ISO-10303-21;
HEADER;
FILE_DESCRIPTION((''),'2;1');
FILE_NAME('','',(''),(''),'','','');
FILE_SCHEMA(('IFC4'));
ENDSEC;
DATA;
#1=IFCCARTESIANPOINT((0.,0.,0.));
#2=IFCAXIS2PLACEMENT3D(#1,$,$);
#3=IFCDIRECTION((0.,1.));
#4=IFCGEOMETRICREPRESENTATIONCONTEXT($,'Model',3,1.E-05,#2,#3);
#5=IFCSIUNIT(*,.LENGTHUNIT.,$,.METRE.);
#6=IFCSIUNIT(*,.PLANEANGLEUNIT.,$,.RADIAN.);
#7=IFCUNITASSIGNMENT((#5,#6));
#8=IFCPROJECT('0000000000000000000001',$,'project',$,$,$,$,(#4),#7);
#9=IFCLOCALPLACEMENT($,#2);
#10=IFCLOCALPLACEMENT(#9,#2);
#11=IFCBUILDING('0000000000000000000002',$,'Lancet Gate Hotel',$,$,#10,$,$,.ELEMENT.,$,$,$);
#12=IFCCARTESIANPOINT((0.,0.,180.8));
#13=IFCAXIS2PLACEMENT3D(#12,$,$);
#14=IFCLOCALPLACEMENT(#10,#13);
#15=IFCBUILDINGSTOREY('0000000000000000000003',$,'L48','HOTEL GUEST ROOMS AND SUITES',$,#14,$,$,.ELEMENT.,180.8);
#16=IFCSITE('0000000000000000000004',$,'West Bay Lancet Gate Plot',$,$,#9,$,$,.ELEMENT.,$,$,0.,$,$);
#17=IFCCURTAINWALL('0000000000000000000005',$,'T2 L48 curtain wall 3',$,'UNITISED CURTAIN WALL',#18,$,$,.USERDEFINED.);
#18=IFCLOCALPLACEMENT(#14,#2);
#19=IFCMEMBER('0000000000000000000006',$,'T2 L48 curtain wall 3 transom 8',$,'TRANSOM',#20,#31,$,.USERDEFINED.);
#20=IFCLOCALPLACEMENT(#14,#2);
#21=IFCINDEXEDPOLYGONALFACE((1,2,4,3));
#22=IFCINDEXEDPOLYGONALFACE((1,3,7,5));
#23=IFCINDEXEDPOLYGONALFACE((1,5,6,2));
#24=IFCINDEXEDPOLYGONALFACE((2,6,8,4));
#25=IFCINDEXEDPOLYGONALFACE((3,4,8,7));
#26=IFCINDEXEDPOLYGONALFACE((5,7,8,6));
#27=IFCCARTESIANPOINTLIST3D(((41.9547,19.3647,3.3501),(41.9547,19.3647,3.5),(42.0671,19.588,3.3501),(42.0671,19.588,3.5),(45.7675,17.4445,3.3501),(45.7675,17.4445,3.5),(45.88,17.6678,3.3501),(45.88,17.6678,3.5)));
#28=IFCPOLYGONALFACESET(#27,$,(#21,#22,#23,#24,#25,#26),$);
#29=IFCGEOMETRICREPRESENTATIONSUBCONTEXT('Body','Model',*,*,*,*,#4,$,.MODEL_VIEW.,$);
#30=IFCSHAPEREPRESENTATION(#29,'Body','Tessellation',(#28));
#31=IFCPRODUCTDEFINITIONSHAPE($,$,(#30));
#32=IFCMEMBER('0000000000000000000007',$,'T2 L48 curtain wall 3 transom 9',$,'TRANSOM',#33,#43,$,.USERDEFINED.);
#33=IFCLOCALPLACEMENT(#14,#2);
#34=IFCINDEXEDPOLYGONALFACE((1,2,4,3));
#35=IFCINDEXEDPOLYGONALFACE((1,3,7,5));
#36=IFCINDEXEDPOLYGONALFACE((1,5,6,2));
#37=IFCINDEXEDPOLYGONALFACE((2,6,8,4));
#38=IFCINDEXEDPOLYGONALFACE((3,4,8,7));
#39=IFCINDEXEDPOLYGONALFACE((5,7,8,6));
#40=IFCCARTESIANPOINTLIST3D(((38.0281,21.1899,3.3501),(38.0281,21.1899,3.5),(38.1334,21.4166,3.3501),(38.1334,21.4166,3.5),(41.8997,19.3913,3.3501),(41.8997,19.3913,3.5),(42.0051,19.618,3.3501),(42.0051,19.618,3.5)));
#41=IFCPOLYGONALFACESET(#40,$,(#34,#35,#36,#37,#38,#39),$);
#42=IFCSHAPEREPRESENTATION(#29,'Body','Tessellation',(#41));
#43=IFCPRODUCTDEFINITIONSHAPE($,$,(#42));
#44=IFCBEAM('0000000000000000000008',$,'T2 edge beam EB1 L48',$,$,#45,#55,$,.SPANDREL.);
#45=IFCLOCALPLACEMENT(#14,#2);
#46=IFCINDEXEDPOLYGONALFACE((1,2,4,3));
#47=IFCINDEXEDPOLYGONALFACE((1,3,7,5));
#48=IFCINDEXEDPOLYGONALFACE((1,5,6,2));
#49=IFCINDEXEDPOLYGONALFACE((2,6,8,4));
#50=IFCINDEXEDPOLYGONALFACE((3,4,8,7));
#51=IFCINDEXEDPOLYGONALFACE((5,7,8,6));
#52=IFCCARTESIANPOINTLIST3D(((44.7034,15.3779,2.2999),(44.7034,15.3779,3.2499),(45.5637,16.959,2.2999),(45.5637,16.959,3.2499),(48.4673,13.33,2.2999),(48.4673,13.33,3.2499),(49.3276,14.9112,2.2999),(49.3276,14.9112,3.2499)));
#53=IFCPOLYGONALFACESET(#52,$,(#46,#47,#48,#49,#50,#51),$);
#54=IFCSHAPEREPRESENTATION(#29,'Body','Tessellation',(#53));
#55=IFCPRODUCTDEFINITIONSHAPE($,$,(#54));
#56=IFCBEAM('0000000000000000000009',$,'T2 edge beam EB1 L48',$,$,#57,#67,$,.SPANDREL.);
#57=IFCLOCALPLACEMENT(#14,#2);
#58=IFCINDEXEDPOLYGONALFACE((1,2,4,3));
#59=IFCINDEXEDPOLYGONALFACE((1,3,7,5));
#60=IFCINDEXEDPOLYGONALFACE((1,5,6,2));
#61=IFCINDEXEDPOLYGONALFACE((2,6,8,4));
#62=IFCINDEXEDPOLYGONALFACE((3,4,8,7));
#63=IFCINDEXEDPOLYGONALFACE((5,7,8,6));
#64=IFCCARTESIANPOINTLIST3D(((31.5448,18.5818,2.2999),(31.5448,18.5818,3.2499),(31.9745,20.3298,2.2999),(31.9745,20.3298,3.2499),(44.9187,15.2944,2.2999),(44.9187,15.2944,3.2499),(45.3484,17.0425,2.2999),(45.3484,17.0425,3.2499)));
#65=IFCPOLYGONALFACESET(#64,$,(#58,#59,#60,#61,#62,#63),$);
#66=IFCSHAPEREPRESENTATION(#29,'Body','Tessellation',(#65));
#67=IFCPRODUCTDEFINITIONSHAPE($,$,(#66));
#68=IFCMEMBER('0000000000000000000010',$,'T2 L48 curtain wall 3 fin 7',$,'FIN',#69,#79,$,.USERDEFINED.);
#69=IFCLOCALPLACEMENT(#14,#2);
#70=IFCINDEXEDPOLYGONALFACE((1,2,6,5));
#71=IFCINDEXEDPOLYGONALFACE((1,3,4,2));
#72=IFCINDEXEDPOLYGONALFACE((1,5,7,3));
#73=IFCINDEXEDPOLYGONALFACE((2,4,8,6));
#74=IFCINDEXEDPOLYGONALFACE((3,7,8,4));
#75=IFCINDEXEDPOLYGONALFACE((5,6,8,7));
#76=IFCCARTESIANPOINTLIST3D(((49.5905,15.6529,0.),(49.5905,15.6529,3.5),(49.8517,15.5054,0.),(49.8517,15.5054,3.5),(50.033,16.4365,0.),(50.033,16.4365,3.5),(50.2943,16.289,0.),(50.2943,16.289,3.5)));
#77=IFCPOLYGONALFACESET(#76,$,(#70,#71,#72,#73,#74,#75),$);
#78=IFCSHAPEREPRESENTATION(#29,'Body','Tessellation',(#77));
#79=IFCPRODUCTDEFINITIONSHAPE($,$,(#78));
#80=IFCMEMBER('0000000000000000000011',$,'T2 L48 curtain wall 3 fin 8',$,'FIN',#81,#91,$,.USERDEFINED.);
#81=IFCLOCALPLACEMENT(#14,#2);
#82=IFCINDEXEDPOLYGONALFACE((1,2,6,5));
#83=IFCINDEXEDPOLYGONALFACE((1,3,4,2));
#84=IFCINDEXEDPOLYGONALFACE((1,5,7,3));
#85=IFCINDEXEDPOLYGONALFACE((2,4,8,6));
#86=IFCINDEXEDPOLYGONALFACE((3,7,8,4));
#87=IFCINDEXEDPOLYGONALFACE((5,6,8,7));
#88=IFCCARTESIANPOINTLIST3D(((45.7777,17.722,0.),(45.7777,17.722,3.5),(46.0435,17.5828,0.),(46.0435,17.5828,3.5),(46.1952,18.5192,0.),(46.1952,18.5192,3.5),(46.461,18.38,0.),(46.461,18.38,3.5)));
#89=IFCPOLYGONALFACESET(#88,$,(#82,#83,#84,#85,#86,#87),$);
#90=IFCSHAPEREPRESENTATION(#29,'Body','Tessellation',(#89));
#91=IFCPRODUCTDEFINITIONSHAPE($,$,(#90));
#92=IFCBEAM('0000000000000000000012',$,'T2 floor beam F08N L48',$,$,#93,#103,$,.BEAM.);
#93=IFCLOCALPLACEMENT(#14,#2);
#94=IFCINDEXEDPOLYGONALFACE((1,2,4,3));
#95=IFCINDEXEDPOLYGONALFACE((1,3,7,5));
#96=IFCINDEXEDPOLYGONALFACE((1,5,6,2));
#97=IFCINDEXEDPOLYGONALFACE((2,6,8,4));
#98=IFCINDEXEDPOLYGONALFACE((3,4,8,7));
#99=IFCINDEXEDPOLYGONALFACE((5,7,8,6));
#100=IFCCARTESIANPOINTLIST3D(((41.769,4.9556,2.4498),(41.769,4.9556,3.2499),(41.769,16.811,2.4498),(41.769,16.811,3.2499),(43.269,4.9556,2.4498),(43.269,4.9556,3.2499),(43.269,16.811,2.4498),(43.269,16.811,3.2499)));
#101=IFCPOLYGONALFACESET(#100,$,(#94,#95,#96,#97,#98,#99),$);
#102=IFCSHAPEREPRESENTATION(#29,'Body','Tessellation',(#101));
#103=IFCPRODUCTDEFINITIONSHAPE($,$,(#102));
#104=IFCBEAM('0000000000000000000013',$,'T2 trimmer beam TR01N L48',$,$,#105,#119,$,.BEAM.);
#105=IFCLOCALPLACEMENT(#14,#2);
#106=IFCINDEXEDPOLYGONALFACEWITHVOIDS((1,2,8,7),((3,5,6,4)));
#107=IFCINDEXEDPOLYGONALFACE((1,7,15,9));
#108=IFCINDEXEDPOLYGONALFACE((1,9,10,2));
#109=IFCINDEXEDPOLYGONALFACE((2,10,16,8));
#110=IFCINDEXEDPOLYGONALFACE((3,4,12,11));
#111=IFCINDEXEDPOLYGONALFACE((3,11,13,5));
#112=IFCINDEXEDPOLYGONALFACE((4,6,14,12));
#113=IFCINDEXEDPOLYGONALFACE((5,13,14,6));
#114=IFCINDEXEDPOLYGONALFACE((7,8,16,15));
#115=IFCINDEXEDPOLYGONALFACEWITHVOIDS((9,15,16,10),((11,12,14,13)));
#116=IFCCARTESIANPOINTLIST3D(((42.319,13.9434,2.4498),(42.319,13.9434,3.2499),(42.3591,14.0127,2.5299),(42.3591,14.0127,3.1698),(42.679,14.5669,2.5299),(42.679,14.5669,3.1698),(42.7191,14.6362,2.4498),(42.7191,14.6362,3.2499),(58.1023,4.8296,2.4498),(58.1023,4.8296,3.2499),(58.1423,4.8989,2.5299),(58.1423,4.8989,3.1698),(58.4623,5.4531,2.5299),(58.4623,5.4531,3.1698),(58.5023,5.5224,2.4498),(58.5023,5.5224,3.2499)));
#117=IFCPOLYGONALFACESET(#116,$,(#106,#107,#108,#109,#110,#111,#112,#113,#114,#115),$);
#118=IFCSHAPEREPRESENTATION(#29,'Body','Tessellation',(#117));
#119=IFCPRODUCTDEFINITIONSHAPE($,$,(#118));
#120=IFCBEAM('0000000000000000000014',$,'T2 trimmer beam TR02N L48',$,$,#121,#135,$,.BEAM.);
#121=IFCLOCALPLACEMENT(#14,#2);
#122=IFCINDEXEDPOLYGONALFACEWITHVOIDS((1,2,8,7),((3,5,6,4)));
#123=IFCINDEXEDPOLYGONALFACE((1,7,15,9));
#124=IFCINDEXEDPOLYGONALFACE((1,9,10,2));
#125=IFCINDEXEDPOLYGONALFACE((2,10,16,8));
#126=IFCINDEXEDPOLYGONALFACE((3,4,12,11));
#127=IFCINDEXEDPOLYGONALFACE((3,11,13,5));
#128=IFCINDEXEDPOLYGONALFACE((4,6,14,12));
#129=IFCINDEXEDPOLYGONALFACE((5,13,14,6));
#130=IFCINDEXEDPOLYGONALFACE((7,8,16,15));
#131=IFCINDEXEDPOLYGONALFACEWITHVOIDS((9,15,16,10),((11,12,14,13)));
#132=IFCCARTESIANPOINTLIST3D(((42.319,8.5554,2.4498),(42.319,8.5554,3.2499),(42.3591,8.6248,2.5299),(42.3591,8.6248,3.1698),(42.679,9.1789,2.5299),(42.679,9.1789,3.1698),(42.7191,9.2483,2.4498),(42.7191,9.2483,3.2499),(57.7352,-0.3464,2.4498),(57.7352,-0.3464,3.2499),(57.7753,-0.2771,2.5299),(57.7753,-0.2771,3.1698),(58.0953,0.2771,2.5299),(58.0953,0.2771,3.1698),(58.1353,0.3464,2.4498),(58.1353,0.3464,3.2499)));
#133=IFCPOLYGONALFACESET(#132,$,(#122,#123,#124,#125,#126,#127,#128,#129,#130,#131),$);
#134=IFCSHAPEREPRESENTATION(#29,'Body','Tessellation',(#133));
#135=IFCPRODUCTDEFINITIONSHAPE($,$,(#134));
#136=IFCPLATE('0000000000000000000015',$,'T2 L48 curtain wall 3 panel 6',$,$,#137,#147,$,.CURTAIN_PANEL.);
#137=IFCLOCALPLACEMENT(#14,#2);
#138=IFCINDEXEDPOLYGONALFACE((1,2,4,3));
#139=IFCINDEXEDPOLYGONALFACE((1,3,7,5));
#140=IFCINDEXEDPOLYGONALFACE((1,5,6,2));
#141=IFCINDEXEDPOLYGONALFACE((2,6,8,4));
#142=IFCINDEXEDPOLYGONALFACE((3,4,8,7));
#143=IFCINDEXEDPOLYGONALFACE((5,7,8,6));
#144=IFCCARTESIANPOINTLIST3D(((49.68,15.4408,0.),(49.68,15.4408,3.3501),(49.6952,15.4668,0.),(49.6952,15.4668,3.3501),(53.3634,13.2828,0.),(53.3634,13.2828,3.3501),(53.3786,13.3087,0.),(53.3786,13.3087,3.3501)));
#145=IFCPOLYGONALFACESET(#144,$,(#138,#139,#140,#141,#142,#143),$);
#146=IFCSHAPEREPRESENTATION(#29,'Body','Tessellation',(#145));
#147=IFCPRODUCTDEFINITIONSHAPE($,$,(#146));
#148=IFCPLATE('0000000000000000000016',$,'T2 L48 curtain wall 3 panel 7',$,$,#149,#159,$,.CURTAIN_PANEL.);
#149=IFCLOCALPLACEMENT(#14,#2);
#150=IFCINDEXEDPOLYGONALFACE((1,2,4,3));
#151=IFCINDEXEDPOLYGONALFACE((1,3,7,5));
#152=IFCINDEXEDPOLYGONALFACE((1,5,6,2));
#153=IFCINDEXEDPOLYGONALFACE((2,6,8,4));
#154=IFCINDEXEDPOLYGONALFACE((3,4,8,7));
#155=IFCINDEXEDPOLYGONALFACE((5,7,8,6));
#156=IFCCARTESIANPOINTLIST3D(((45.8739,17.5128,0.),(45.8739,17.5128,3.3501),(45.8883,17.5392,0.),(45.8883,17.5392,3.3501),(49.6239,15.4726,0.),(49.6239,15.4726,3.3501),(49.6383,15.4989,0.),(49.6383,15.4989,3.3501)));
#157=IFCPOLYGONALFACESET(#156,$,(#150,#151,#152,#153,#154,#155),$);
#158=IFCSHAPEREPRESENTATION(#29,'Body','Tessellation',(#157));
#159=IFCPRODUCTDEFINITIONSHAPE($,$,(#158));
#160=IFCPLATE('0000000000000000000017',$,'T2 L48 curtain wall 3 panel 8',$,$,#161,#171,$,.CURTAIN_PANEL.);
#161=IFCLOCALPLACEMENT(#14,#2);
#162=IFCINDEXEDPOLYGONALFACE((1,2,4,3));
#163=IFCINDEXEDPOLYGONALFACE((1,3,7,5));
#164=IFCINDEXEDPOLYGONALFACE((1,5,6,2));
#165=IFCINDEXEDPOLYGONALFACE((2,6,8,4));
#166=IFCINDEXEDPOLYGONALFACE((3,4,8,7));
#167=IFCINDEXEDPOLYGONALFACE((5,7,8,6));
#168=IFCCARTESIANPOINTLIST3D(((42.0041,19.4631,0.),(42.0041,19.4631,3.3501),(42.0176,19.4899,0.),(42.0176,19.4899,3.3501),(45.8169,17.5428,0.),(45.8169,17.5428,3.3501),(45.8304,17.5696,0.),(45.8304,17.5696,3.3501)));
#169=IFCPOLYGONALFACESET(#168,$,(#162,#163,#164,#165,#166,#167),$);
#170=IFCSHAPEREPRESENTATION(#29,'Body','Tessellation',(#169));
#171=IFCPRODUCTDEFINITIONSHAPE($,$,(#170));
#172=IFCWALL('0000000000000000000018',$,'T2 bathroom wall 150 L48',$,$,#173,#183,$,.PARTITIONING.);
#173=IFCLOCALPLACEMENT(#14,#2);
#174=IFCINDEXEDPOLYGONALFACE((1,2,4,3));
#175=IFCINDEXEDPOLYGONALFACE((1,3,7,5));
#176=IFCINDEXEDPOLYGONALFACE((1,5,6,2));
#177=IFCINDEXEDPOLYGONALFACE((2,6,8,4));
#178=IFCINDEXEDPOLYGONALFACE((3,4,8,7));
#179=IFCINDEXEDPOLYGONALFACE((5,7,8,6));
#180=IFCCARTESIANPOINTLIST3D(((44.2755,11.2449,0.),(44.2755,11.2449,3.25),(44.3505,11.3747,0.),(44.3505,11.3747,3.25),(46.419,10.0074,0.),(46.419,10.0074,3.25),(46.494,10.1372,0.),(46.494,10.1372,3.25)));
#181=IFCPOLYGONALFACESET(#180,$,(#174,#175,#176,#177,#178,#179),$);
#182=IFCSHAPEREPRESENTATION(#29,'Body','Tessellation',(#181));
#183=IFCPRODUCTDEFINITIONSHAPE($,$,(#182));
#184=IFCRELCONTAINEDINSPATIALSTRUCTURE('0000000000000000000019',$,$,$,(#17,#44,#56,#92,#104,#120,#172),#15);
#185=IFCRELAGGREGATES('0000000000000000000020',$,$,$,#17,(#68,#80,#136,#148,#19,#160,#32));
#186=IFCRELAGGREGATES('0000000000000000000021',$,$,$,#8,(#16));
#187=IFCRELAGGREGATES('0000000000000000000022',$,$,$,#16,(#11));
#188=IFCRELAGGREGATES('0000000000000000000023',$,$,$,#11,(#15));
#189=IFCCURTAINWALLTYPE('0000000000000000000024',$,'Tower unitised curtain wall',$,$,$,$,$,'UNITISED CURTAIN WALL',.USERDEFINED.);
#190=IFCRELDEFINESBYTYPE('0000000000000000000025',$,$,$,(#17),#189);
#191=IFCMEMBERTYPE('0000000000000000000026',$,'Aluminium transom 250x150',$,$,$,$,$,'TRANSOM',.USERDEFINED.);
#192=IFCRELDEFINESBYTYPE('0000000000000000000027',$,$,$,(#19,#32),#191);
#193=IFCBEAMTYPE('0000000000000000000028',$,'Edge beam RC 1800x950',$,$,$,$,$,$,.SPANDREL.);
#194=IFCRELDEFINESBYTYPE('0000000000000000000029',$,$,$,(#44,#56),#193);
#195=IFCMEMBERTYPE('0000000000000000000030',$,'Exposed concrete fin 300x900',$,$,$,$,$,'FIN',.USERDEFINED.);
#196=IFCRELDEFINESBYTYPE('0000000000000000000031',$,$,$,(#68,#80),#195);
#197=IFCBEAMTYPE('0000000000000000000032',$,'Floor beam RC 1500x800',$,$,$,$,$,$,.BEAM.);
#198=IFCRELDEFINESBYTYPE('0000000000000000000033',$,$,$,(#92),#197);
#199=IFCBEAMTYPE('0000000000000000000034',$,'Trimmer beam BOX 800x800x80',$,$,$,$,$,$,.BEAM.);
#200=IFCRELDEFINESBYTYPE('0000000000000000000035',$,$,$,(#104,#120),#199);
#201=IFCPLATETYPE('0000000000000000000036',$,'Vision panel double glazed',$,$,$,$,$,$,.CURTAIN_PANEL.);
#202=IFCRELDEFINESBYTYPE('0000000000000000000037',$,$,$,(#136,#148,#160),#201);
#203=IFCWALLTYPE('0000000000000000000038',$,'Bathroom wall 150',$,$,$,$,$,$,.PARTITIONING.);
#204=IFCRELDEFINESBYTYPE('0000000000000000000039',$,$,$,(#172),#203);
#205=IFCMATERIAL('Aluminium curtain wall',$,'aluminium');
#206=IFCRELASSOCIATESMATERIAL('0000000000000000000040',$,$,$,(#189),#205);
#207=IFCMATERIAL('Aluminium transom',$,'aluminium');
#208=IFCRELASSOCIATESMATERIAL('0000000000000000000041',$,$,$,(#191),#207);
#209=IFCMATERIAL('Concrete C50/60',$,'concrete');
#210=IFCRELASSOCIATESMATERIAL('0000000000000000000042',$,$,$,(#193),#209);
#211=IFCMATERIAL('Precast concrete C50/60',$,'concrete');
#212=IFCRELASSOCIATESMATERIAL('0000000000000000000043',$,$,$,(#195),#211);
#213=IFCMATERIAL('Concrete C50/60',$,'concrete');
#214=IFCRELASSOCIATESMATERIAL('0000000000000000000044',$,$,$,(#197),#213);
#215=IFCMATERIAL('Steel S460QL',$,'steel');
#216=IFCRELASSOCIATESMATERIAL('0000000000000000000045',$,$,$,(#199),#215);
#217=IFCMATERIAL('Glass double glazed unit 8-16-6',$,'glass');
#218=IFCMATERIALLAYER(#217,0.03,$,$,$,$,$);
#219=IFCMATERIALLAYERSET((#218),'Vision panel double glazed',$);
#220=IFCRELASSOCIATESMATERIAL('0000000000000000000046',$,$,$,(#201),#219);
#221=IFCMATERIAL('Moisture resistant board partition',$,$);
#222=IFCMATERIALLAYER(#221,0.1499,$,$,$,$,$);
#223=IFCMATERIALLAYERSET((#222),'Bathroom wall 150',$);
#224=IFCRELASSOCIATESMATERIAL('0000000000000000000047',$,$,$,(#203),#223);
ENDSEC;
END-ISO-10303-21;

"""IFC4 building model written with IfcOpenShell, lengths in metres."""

from ifc_helpers import new_model, si_unit, direction, frame, frame_2d, origin, origin_2d, place, context, subcontext, project, spatial, rectangle, hollow_rectangle, extrude, material, layer, layer_set, material_profile, profile_set, type_object, element, aggregate, save


model = new_model("IFC4")

# Units and contexts
model_context = context("Model", 3, precision=1e-05, world=origin(), true_north=direction((0.0, 1.0)))
body_context = subcontext(model_context, "Body", "Model", "MODEL_VIEW")
ifc_project = project(units=[si_unit("LENGTHUNIT", "METRE"), si_unit("PLANEANGLEUNIT", "RADIAN")], contexts=[model_context])

# Site, building, storey
site_placement = place(None, origin())
site = spatial("IfcSite", under=ifc_project, at=site_placement, Name="West Bay Lancet Gate Plot", CompositionType="ELEMENT", RefElevation=0.0)
building_placement = place(site_placement, origin())
building = spatial("IfcBuilding", under=site, at=building_placement, Name="Lancet Gate Hotel", CompositionType="ELEMENT")
storey_placement = place(building_placement, frame((0.0, 0.0, 180.8)))
storey = spatial("IfcBuildingStorey", under=building, at=storey_placement, Name="L48", Description="HOTEL GUEST ROOMS AND SUITES", CompositionType="ELEMENT", Elevation=180.8)

# Curtain wall, members
ifc_material_1 = material(Name="Aluminium curtain wall", Category="aluminium")
curtain_wall_type = type_object("IfcCurtainWallType", Name="Tower unitised curtain wall", ElementType="UNITISED CURTAIN WALL", PredefinedType="USERDEFINED", material=ifc_material_1)
curtain_wall_placement = place(storey_placement, origin())
curtain_wall = element("IfcCurtainWall", 1, at=curtain_wall_placement, inside=storey, type_object=curtain_wall_type, Name="T2 L48 curtain wall 3", ObjectType="UNITISED CURTAIN WALL", PredefinedType="USERDEFINED")
ifc_material_2 = material(Name="Aluminium transom", Category="aluminium")
ifc_material_profile_1 = material_profile(ifc_material_2, rectangle(XDim=0.25, YDim=0.1499, at=origin_2d()), Name="TRANSOM 250x150")
ifc_profile_set_1 = profile_set([ifc_material_profile_1], Name="Aluminium transom")
member_type_1 = type_object("IfcMemberType", Name="Aluminium transom 250x150", ElementType="TRANSOM", PredefinedType="USERDEFINED", material=ifc_profile_set_1)
member_1_placement = place(storey_placement, frame((45.8237, 17.5562, 3.425), z_axis=(-0.893131, 0.449797, 0.0), x_axis=(-0.449797, -0.893131, 0.0)))
member_1 = element("IfcMember", 2, at=member_1_placement, type_object=member_type_1, Name="T2 L48 curtain wall 3 transom 8", ObjectType="TRANSOM", PredefinedType="USERDEFINED", context=body_context, shape_type="SweptSolid", body=[
    extrude(rectangle(XDim=0.25, YDim=0.1499, at=origin_2d()), origin(), (0.0, 0.0, 1.0), 4.269),
])
member_2_placement = place(storey_placement, frame((41.9524, 19.5046, 3.425), z_axis=(-0.906914, 0.421316, 0.0), x_axis=(-0.421316, -0.906914, 0.0)))
member_2 = element("IfcMember", 3, at=member_2_placement, type_object=member_type_1, Name="T2 L48 curtain wall 3 transom 9", ObjectType="TRANSOM", PredefinedType="USERDEFINED", context=body_context, shape_type="SweptSolid", body=[
    extrude(rectangle(XDim=0.25, YDim=0.1499, at=origin_2d()), origin(), (0.0, 0.0, 1.0), 4.269),
])

# Beams
ifc_material_3 = material(Name="Concrete C50/60", Category="concrete")
ifc_material_profile_2 = material_profile(ifc_material_3, rectangle(XDim=1.8, YDim=0.95, at=origin_2d()), Name="RC 1800x950")
ifc_profile_set_2 = profile_set([ifc_material_profile_2], Name="Concrete C50/60")
beam_type_1 = type_object("IfcBeamType", Name="Edge beam RC 1800x950", PredefinedType="SPANDREL", material=ifc_profile_set_2)
beam_1_placement = place(storey_placement, frame((48.8975, 14.1206, 2.7749), z_axis=(-0.878405, 0.477918, 0.0), x_axis=(-0.477918, -0.878405, 0.0)))
element("IfcBeam", 4, at=beam_1_placement, inside=storey, type_object=beam_type_1, Name="T2 edge beam EB1 L48", PredefinedType="SPANDREL", context=body_context, shape_type="SweptSolid", body=[
    extrude(rectangle(XDim=1.8, YDim=0.95, at=origin_2d()), origin(), (0.0, 0.0, 1.0), 4.2849),
])
beam_2_placement = place(storey_placement, frame((45.1335, 16.1685, 2.7749), z_axis=(-0.971093, 0.2387, 0.0), x_axis=(-0.2387, -0.971093, 0.0)))
element("IfcBeam", 5, at=beam_2_placement, inside=storey, type_object=beam_type_1, Name="T2 edge beam EB1 L48", PredefinedType="SPANDREL", context=body_context, shape_type="SweptSolid", body=[
    extrude(rectangle(XDim=1.8, YDim=0.95, at=origin_2d()), origin(), (0.0, 0.0, 1.0), 13.772),
])

# Members
ifc_material_4 = material(Name="Precast concrete C50/60", Category="concrete")
ifc_material_profile_3 = material_profile(ifc_material_4, rectangle(XDim=0.3, YDim=0.8999, at=origin_2d()), Name="FIN 300x900")
ifc_profile_set_3 = profile_set([ifc_material_profile_3], Name="Precast concrete C50/60")
member_type_2 = type_object("IfcMemberType", Name="Exposed concrete fin 300x900", ElementType="FIN", PredefinedType="USERDEFINED", material=ifc_profile_set_3)
member_3_placement = place(storey_placement, frame((49.9424, 15.9709, 0.0), z_axis=(0.0, 0.0, 1.0), x_axis=(-0.870722, 0.491776, 0.0)))
member_3 = element("IfcMember", 6, at=member_3_placement, type_object=member_type_2, Name="T2 L48 curtain wall 3 fin 7", ObjectType="FIN", PredefinedType="USERDEFINED", context=body_context, shape_type="SweptSolid", body=[
    extrude(rectangle(XDim=0.3, YDim=0.8999, at=origin_2d()), origin(), (0.0, 0.0, 1.0), 3.5),
])
member_4_placement = place(storey_placement, frame((46.1194, 18.051, 0.0), z_axis=(0.0, 0.0, 1.0), x_axis=(-0.885877, 0.46392, 0.0)))
member_4 = element("IfcMember", 7, at=member_4_placement, type_object=member_type_2, Name="T2 L48 curtain wall 3 fin 8", ObjectType="FIN", PredefinedType="USERDEFINED", context=body_context, shape_type="SweptSolid", body=[
    extrude(rectangle(XDim=0.3, YDim=0.8999, at=origin_2d()), origin(), (0.0, 0.0, 1.0), 3.5),
])

# Beams
ifc_material_5 = material(Name="Concrete C50/60", Category="concrete")
ifc_material_profile_4 = material_profile(ifc_material_5, rectangle(XDim=1.5, YDim=0.8, at=origin_2d()), Name="RC 1500x800")
ifc_profile_set_4 = profile_set([ifc_material_profile_4], Name="Concrete C50/60")
beam_type_2 = type_object("IfcBeamType", Name="Floor beam RC 1500x800", PredefinedType="BEAM", material=ifc_profile_set_4)
beam_3_placement = place(storey_placement, frame((42.519, 4.9556, 2.8499), z_axis=(0.0, 1.0, 0.0), x_axis=(-1.0, 0.0, 0.0)))
element("IfcBeam", 8, at=beam_3_placement, inside=storey, type_object=beam_type_2, Name="T2 floor beam F08N L48", PredefinedType="BEAM", context=body_context, shape_type="SweptSolid", body=[
    extrude(rectangle(XDim=1.5, YDim=0.8, at=origin_2d()), origin(), (0.0, 0.0, 1.0), 11.8555),
])
ifc_material_6 = material(Name="Steel S460QL", Category="steel")
ifc_material_profile_5 = material_profile(ifc_material_6, hollow_rectangle(XDim=0.8, YDim=0.8, WallThickness=0.0801, at=origin_2d()), Name="BOX 800x800x80")
ifc_profile_set_5 = profile_set([ifc_material_profile_5], Name="Steel S460QL")
beam_type_3 = type_object("IfcBeamType", Name="Trimmer beam BOX 800x800x80", PredefinedType="BEAM", material=ifc_profile_set_5)
beam_4_placement = place(storey_placement, frame((42.519, 14.2898, 2.8499), z_axis=(0.865994, -0.500055, 0.0), x_axis=(0.500055, 0.865994, 0.0)))
element("IfcBeam", 9, at=beam_4_placement, inside=storey, type_object=beam_type_3, Name="T2 trimmer beam TR01N L48", PredefinedType="BEAM", context=body_context, shape_type="SweptSolid", body=[
    extrude(hollow_rectangle(XDim=0.8, YDim=0.8, WallThickness=0.0801, at=origin_2d()), origin(), (0.0, 0.0, 1.0), 18.2256),
])
beam_5_placement = place(storey_placement, frame((42.519, 8.9019, 2.8499), z_axis=(0.865994, -0.500054, 0.0), x_axis=(0.500054, 0.865994, 0.0)))
element("IfcBeam", 10, at=beam_5_placement, inside=storey, type_object=beam_type_3, Name="T2 trimmer beam TR02N L48", PredefinedType="BEAM", context=body_context, shape_type="SweptSolid", body=[
    extrude(hollow_rectangle(XDim=0.8, YDim=0.8, WallThickness=0.0801, at=origin_2d()), origin(), (0.0, 0.0, 1.0), 17.8018),
])

# Plates
ifc_material_7 = material(Name="Glass double glazed unit 8-16-6", Category="glass")
ifc_layer_1 = layer(ifc_material_7, 0.03)
ifc_layer_set_1 = layer_set([ifc_layer_1], Name="Vision panel double glazed")
plate_type = type_object("IfcPlateType", Name="Vision panel double glazed", PredefinedType="CURTAIN_PANEL", material=ifc_layer_set_1)
plate_1_placement = place(storey_placement, frame((51.5293, 14.3748, 0.0), z_axis=(0.0, 0.0, 1.0), x_axis=(-0.862815, 0.50552, 0.0)))
plate_1 = element("IfcPlate", 11, at=plate_1_placement, type_object=plate_type, Name="T2 L48 curtain wall 3 panel 6", PredefinedType="CURTAIN_PANEL", context=body_context, shape_type="SweptSolid", body=[
    extrude(rectangle(XDim=4.269, YDim=0.03, at=origin_2d()), origin(), (0.0, 0.0, 1.0), 3.3501),
])
plate_2_placement = place(storey_placement, frame((47.7561, 16.5059, 0.0), z_axis=(0.0, 0.0, 1.0), x_axis=(-0.87841, 0.477908, 0.0)))
plate_2 = element("IfcPlate", 12, at=plate_2_placement, type_object=plate_type, Name="T2 L48 curtain wall 3 panel 7", PredefinedType="CURTAIN_PANEL", context=body_context, shape_type="SweptSolid", body=[
    extrude(rectangle(XDim=4.269, YDim=0.03, at=origin_2d()), origin(), (0.0, 0.0, 1.0), 3.3501),
])
plate_3_placement = place(storey_placement, frame((43.9172, 18.5164, 0.0), z_axis=(0.0, 0.0, 1.0), x_axis=(-0.893121, 0.449816, 0.0)))
plate_3 = element("IfcPlate", 13, at=plate_3_placement, type_object=plate_type, Name="T2 L48 curtain wall 3 panel 8", PredefinedType="CURTAIN_PANEL", context=body_context, shape_type="SweptSolid", body=[
    extrude(rectangle(XDim=4.269, YDim=0.03, at=origin_2d()), origin(), (0.0, 0.0, 1.0), 3.3501),
])
aggregate(curtain_wall, [member_3, member_4, plate_1, plate_2, member_1, plate_3, member_2])

# Wall
ifc_material_8 = material(Name="Moisture resistant board partition")
ifc_layer_2 = layer(ifc_material_8, 0.1499)
ifc_layer_set_2 = layer_set([ifc_layer_2], Name="Bathroom wall 150")
wall_type_1 = type_object("IfcWallType", Name="Bathroom wall 150", PredefinedType="PARTITIONING", material=ifc_layer_set_2)
wall_1_placement = place(storey_placement, frame((44.313, 11.3098, 0.0), z_axis=(0.0, 0.0, 1.0), x_axis=(0.866031, -0.49999, 0.0)))
element("IfcWall", 14, at=wall_1_placement, inside=storey, type_object=wall_type_1, Name="T2 bathroom wall 150 L48", PredefinedType="PARTITIONING", context=body_context, shape_type="SweptSolid", body=[
    extrude(rectangle(XDim=2.4751, YDim=0.1499, at=frame_2d((1.2375, 0.0))), origin(), (0.0, 0.0, 1.0), 3.25),
])

save(model, "model.ifc")
